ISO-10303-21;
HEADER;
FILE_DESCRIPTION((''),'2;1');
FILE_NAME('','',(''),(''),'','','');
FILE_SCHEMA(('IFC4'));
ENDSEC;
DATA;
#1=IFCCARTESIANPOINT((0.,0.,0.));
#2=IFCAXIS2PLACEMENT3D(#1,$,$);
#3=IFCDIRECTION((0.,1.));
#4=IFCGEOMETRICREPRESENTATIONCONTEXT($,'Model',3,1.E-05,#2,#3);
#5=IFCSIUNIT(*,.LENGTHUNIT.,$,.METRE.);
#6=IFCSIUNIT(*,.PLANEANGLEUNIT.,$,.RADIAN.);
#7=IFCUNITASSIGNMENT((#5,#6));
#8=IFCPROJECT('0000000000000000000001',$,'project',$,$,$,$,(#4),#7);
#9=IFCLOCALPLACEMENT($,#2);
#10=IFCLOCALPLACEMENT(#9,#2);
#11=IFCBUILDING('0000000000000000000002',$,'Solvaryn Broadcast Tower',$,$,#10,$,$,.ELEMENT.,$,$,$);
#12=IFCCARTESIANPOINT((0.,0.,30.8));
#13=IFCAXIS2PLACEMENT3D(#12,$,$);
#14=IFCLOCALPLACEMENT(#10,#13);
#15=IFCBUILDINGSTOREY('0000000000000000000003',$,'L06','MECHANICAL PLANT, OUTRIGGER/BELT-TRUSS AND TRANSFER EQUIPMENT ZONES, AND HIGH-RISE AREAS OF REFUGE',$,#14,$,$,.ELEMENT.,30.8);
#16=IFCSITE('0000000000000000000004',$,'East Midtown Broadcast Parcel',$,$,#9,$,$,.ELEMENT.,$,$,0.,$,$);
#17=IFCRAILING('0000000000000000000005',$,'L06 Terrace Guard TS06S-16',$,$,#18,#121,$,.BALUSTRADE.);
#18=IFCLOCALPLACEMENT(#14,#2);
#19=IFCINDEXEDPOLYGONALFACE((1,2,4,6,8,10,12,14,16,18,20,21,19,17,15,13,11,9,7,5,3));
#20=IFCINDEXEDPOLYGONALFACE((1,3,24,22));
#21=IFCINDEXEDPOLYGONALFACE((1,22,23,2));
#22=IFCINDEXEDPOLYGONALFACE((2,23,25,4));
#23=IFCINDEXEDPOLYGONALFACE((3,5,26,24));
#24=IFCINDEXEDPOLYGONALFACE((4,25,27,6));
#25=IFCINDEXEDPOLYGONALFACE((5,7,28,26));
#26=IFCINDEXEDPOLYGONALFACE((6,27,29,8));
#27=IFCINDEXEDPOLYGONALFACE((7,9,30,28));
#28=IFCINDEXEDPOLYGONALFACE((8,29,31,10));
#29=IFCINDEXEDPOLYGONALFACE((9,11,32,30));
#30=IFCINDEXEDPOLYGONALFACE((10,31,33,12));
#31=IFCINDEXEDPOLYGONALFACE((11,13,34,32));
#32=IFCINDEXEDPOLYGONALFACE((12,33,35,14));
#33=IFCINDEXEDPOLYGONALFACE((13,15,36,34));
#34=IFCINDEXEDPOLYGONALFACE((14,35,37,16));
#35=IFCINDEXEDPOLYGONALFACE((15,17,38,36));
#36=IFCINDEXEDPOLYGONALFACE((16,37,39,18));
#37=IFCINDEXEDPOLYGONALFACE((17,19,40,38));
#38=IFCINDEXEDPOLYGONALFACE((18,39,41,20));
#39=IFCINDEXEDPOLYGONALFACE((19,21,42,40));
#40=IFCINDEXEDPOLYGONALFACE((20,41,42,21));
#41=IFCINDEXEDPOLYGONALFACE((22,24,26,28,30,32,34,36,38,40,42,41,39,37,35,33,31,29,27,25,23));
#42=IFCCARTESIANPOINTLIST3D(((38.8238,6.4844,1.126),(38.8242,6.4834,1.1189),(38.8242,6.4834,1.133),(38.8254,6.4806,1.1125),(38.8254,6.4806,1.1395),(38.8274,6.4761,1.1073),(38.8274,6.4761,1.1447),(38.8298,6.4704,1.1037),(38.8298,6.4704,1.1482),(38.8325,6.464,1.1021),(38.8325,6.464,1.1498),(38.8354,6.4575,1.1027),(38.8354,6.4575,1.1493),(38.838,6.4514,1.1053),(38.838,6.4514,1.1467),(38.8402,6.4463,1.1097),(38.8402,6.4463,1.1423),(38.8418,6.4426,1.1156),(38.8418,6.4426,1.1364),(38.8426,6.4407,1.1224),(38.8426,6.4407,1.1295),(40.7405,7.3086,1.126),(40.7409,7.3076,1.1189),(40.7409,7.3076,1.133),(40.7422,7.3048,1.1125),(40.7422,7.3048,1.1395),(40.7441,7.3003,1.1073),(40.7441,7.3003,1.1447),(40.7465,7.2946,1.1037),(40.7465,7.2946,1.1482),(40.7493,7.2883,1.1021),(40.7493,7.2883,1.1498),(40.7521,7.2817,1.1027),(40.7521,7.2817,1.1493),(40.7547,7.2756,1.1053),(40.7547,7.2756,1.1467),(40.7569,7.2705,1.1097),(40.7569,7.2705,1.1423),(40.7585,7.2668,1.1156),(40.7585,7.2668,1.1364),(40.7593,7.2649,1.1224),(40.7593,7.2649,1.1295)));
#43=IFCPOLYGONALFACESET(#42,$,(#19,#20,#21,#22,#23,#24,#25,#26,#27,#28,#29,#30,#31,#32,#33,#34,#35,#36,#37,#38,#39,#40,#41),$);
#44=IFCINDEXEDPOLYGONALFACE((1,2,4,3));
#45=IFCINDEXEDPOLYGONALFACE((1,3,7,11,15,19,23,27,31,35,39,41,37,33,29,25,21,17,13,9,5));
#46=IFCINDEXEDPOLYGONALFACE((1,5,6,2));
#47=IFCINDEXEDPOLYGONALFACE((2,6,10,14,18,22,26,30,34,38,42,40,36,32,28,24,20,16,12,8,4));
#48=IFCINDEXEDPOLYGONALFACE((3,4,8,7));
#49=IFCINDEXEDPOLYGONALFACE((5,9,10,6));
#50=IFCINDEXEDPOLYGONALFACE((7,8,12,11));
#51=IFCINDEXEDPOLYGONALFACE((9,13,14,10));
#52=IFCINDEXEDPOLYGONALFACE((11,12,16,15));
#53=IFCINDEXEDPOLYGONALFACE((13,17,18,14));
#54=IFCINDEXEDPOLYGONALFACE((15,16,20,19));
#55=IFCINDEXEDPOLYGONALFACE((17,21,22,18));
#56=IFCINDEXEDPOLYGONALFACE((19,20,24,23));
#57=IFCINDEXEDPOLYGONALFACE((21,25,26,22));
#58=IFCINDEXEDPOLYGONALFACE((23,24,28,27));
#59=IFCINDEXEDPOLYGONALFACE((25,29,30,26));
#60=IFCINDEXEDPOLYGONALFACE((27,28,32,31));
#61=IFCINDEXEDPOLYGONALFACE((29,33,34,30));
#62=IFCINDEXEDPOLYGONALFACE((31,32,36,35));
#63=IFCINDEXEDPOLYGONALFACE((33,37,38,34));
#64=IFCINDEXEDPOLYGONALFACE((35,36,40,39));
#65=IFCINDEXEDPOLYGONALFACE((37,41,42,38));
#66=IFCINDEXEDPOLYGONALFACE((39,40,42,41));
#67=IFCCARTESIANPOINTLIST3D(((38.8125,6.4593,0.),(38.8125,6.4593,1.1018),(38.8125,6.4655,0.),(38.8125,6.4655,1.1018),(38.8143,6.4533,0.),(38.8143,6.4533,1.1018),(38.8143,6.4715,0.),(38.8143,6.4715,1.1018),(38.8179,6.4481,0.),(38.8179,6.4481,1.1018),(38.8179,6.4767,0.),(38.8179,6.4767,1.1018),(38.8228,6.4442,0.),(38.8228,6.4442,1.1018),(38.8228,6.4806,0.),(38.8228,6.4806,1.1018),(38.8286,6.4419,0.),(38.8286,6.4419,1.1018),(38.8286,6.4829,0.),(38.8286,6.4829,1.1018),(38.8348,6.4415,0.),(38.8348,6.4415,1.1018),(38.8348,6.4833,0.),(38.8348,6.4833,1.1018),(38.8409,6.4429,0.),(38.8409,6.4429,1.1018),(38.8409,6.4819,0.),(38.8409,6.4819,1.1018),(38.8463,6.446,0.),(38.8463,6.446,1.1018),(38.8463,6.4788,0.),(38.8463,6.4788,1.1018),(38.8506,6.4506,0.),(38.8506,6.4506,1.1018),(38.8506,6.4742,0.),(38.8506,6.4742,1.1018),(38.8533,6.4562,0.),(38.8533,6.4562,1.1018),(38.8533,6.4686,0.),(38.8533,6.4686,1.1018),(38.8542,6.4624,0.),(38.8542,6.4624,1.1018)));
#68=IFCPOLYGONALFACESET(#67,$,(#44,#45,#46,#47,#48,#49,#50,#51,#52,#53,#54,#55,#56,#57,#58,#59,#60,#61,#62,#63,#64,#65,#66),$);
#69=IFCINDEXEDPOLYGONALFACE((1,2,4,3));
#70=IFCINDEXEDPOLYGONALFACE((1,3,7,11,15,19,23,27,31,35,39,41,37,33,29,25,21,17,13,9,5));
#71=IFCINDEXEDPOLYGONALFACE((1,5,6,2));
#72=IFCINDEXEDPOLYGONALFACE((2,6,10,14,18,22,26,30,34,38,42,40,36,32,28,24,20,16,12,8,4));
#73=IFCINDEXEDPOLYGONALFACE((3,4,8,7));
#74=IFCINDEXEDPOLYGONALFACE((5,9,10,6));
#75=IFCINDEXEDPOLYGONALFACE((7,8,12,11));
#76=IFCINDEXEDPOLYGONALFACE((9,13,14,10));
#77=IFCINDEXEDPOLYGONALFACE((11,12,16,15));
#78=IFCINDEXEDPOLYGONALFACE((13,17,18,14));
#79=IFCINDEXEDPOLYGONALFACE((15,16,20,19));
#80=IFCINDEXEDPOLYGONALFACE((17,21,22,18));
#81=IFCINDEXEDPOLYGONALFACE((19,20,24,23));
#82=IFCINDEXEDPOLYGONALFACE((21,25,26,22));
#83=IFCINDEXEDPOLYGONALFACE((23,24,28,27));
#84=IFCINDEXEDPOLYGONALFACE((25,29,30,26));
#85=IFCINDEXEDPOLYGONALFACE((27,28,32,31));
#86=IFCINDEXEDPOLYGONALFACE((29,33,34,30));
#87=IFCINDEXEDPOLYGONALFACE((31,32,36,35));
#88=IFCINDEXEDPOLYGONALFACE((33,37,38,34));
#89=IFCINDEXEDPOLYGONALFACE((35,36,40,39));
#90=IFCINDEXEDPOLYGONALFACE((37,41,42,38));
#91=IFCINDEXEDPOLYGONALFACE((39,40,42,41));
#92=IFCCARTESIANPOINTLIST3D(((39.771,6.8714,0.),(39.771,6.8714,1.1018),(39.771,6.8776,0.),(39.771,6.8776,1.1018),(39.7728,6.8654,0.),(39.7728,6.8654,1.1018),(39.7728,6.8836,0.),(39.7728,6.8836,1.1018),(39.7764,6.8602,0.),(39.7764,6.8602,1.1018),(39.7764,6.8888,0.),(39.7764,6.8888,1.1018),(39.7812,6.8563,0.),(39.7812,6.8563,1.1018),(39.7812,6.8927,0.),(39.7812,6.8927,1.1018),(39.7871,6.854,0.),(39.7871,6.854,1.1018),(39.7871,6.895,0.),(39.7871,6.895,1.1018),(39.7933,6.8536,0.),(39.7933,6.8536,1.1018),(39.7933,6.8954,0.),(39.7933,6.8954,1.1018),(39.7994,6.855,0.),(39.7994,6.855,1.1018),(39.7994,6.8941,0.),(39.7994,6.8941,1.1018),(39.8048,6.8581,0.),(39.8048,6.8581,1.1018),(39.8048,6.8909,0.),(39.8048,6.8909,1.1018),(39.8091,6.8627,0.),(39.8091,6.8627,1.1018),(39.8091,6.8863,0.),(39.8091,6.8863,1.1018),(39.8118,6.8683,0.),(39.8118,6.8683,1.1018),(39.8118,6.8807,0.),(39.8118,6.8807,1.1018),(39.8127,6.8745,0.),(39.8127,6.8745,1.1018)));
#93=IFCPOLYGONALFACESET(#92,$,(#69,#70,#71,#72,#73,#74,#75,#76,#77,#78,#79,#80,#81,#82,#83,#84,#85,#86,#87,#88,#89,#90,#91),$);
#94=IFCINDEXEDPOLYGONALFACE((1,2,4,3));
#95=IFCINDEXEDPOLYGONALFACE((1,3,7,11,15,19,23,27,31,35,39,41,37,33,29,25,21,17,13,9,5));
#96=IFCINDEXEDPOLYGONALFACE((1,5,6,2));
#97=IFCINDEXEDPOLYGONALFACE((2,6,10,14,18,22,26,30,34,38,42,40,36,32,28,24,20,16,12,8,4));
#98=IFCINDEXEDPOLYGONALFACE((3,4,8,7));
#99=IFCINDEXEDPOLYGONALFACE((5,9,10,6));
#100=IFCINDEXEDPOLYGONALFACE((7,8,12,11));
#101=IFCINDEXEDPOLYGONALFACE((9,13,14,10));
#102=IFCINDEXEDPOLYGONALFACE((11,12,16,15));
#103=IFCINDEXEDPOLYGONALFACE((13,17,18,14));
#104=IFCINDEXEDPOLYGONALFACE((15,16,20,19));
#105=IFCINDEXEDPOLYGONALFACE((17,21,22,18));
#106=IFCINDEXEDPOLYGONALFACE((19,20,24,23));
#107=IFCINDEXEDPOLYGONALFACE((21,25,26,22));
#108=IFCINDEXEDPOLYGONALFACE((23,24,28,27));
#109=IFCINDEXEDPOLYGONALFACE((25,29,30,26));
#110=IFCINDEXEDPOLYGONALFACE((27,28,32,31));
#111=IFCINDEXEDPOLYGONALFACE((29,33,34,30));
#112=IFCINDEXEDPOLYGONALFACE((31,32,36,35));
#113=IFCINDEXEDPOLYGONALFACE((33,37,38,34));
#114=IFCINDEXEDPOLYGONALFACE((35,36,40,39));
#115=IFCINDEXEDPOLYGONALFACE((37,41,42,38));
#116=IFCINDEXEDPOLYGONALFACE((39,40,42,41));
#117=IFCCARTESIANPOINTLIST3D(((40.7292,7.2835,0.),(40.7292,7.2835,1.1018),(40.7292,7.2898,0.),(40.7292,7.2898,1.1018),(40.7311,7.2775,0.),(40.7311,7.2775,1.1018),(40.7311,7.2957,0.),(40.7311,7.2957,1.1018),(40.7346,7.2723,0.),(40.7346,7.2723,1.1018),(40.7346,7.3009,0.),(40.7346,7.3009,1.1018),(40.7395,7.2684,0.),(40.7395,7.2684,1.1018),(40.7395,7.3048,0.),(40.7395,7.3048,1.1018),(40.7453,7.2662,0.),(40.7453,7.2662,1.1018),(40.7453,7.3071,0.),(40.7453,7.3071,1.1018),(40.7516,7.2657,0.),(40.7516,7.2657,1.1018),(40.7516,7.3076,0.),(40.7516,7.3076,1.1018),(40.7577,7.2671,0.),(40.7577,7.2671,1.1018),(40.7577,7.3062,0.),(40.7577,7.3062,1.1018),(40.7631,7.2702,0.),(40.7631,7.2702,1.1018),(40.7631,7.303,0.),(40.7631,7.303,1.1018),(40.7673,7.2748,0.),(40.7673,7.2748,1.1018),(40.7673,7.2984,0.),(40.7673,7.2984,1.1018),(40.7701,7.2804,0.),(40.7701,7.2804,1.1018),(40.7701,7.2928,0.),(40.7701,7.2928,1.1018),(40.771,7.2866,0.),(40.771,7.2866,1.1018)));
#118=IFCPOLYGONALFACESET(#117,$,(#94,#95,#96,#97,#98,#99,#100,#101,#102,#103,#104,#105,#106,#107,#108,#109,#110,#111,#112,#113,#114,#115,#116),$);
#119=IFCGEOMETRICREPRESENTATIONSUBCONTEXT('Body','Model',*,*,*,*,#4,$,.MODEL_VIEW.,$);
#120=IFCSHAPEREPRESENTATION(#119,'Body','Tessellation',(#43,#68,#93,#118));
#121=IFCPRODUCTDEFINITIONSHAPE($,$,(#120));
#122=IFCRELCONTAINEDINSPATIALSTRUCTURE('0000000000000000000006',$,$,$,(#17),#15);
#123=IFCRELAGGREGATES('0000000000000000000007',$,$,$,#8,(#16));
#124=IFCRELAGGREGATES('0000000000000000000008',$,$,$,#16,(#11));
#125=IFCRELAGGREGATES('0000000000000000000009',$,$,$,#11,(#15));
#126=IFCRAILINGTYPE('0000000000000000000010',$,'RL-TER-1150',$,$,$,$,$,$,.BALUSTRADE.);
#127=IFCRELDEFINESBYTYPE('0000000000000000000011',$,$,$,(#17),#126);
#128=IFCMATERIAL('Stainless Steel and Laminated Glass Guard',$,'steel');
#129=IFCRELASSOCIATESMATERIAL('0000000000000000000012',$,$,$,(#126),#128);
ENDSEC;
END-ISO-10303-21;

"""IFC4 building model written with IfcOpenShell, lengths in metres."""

from ifc_helpers import new_model, si_unit, direction, frame, origin, origin_2d, place, context, subcontext, project, spatial, circle, extrude, material, type_object, element, save


model = new_model("IFC4")

# Units and contexts
model_context = context("Model", 3, precision=1e-05, world=origin(), true_north=direction((0.0, 1.0)))
body_context = subcontext(model_context, "Body", "Model", "MODEL_VIEW")
ifc_project = project(units=[si_unit("LENGTHUNIT", "METRE"), si_unit("PLANEANGLEUNIT", "RADIAN")], contexts=[model_context])

# Site, building, storey
site_placement = place(None, origin())
site = spatial("IfcSite", under=ifc_project, at=site_placement, Name="East Midtown Broadcast Parcel", CompositionType="ELEMENT", RefElevation=0.0)
building_placement = place(site_placement, origin())
building = spatial("IfcBuilding", under=site, at=building_placement, Name="Solvaryn Broadcast Tower", CompositionType="ELEMENT")
storey_placement = place(building_placement, frame((0.0, 0.0, 30.8)))
storey = spatial("IfcBuildingStorey", under=building, at=storey_placement, Name="L06", Description="MECHANICAL PLANT, OUTRIGGER/BELT-TRUSS AND TRANSFER EQUIPMENT ZONES, AND HIGH-RISE AREAS OF REFUGE", CompositionType="ELEMENT", Elevation=30.8)

# Railing
ifc_material_1 = material(Name="Stainless Steel and Laminated Glass Guard", Category="steel")
railing_type = type_object("IfcRailingType", Name="RL-TER-1150", PredefinedType="BALUSTRADE", material=ifc_material_1)
railing_1_placement = place(storey_placement, frame((38.8333, 6.4624, 0.0)))
element("IfcRailing", 1, at=railing_1_placement, inside=storey, type_object=railing_type, Name="L06 Terrace Guard TS06S-16", PredefinedType="BALUSTRADE", context=body_context, shape_type="SweptSolid", body=[
    extrude(circle(Radius=0.0239, at=origin_2d()), frame((0.0, 0.0, 1.126), z_axis=(0.918666, 0.395035, 0.0), x_axis=(-0.395035, 0.918666, 0.0)), (0.0, 0.0, 1.0), 2.0864),
    extrude(circle(Radius=0.021, at=origin_2d()), origin(), (0.0, 0.0, 1.0), 1.1018),
    extrude(circle(Radius=0.021, at=origin_2d()), frame((0.9585, 0.4121, 0.0)), (0.0, 0.0, 1.0), 1.1018),
    extrude(circle(Radius=0.021, at=origin_2d()), frame((1.9167, 0.8242, 0.0)), (0.0, 0.0, 1.0), 1.1018),
])

save(model, "model.ifc")
